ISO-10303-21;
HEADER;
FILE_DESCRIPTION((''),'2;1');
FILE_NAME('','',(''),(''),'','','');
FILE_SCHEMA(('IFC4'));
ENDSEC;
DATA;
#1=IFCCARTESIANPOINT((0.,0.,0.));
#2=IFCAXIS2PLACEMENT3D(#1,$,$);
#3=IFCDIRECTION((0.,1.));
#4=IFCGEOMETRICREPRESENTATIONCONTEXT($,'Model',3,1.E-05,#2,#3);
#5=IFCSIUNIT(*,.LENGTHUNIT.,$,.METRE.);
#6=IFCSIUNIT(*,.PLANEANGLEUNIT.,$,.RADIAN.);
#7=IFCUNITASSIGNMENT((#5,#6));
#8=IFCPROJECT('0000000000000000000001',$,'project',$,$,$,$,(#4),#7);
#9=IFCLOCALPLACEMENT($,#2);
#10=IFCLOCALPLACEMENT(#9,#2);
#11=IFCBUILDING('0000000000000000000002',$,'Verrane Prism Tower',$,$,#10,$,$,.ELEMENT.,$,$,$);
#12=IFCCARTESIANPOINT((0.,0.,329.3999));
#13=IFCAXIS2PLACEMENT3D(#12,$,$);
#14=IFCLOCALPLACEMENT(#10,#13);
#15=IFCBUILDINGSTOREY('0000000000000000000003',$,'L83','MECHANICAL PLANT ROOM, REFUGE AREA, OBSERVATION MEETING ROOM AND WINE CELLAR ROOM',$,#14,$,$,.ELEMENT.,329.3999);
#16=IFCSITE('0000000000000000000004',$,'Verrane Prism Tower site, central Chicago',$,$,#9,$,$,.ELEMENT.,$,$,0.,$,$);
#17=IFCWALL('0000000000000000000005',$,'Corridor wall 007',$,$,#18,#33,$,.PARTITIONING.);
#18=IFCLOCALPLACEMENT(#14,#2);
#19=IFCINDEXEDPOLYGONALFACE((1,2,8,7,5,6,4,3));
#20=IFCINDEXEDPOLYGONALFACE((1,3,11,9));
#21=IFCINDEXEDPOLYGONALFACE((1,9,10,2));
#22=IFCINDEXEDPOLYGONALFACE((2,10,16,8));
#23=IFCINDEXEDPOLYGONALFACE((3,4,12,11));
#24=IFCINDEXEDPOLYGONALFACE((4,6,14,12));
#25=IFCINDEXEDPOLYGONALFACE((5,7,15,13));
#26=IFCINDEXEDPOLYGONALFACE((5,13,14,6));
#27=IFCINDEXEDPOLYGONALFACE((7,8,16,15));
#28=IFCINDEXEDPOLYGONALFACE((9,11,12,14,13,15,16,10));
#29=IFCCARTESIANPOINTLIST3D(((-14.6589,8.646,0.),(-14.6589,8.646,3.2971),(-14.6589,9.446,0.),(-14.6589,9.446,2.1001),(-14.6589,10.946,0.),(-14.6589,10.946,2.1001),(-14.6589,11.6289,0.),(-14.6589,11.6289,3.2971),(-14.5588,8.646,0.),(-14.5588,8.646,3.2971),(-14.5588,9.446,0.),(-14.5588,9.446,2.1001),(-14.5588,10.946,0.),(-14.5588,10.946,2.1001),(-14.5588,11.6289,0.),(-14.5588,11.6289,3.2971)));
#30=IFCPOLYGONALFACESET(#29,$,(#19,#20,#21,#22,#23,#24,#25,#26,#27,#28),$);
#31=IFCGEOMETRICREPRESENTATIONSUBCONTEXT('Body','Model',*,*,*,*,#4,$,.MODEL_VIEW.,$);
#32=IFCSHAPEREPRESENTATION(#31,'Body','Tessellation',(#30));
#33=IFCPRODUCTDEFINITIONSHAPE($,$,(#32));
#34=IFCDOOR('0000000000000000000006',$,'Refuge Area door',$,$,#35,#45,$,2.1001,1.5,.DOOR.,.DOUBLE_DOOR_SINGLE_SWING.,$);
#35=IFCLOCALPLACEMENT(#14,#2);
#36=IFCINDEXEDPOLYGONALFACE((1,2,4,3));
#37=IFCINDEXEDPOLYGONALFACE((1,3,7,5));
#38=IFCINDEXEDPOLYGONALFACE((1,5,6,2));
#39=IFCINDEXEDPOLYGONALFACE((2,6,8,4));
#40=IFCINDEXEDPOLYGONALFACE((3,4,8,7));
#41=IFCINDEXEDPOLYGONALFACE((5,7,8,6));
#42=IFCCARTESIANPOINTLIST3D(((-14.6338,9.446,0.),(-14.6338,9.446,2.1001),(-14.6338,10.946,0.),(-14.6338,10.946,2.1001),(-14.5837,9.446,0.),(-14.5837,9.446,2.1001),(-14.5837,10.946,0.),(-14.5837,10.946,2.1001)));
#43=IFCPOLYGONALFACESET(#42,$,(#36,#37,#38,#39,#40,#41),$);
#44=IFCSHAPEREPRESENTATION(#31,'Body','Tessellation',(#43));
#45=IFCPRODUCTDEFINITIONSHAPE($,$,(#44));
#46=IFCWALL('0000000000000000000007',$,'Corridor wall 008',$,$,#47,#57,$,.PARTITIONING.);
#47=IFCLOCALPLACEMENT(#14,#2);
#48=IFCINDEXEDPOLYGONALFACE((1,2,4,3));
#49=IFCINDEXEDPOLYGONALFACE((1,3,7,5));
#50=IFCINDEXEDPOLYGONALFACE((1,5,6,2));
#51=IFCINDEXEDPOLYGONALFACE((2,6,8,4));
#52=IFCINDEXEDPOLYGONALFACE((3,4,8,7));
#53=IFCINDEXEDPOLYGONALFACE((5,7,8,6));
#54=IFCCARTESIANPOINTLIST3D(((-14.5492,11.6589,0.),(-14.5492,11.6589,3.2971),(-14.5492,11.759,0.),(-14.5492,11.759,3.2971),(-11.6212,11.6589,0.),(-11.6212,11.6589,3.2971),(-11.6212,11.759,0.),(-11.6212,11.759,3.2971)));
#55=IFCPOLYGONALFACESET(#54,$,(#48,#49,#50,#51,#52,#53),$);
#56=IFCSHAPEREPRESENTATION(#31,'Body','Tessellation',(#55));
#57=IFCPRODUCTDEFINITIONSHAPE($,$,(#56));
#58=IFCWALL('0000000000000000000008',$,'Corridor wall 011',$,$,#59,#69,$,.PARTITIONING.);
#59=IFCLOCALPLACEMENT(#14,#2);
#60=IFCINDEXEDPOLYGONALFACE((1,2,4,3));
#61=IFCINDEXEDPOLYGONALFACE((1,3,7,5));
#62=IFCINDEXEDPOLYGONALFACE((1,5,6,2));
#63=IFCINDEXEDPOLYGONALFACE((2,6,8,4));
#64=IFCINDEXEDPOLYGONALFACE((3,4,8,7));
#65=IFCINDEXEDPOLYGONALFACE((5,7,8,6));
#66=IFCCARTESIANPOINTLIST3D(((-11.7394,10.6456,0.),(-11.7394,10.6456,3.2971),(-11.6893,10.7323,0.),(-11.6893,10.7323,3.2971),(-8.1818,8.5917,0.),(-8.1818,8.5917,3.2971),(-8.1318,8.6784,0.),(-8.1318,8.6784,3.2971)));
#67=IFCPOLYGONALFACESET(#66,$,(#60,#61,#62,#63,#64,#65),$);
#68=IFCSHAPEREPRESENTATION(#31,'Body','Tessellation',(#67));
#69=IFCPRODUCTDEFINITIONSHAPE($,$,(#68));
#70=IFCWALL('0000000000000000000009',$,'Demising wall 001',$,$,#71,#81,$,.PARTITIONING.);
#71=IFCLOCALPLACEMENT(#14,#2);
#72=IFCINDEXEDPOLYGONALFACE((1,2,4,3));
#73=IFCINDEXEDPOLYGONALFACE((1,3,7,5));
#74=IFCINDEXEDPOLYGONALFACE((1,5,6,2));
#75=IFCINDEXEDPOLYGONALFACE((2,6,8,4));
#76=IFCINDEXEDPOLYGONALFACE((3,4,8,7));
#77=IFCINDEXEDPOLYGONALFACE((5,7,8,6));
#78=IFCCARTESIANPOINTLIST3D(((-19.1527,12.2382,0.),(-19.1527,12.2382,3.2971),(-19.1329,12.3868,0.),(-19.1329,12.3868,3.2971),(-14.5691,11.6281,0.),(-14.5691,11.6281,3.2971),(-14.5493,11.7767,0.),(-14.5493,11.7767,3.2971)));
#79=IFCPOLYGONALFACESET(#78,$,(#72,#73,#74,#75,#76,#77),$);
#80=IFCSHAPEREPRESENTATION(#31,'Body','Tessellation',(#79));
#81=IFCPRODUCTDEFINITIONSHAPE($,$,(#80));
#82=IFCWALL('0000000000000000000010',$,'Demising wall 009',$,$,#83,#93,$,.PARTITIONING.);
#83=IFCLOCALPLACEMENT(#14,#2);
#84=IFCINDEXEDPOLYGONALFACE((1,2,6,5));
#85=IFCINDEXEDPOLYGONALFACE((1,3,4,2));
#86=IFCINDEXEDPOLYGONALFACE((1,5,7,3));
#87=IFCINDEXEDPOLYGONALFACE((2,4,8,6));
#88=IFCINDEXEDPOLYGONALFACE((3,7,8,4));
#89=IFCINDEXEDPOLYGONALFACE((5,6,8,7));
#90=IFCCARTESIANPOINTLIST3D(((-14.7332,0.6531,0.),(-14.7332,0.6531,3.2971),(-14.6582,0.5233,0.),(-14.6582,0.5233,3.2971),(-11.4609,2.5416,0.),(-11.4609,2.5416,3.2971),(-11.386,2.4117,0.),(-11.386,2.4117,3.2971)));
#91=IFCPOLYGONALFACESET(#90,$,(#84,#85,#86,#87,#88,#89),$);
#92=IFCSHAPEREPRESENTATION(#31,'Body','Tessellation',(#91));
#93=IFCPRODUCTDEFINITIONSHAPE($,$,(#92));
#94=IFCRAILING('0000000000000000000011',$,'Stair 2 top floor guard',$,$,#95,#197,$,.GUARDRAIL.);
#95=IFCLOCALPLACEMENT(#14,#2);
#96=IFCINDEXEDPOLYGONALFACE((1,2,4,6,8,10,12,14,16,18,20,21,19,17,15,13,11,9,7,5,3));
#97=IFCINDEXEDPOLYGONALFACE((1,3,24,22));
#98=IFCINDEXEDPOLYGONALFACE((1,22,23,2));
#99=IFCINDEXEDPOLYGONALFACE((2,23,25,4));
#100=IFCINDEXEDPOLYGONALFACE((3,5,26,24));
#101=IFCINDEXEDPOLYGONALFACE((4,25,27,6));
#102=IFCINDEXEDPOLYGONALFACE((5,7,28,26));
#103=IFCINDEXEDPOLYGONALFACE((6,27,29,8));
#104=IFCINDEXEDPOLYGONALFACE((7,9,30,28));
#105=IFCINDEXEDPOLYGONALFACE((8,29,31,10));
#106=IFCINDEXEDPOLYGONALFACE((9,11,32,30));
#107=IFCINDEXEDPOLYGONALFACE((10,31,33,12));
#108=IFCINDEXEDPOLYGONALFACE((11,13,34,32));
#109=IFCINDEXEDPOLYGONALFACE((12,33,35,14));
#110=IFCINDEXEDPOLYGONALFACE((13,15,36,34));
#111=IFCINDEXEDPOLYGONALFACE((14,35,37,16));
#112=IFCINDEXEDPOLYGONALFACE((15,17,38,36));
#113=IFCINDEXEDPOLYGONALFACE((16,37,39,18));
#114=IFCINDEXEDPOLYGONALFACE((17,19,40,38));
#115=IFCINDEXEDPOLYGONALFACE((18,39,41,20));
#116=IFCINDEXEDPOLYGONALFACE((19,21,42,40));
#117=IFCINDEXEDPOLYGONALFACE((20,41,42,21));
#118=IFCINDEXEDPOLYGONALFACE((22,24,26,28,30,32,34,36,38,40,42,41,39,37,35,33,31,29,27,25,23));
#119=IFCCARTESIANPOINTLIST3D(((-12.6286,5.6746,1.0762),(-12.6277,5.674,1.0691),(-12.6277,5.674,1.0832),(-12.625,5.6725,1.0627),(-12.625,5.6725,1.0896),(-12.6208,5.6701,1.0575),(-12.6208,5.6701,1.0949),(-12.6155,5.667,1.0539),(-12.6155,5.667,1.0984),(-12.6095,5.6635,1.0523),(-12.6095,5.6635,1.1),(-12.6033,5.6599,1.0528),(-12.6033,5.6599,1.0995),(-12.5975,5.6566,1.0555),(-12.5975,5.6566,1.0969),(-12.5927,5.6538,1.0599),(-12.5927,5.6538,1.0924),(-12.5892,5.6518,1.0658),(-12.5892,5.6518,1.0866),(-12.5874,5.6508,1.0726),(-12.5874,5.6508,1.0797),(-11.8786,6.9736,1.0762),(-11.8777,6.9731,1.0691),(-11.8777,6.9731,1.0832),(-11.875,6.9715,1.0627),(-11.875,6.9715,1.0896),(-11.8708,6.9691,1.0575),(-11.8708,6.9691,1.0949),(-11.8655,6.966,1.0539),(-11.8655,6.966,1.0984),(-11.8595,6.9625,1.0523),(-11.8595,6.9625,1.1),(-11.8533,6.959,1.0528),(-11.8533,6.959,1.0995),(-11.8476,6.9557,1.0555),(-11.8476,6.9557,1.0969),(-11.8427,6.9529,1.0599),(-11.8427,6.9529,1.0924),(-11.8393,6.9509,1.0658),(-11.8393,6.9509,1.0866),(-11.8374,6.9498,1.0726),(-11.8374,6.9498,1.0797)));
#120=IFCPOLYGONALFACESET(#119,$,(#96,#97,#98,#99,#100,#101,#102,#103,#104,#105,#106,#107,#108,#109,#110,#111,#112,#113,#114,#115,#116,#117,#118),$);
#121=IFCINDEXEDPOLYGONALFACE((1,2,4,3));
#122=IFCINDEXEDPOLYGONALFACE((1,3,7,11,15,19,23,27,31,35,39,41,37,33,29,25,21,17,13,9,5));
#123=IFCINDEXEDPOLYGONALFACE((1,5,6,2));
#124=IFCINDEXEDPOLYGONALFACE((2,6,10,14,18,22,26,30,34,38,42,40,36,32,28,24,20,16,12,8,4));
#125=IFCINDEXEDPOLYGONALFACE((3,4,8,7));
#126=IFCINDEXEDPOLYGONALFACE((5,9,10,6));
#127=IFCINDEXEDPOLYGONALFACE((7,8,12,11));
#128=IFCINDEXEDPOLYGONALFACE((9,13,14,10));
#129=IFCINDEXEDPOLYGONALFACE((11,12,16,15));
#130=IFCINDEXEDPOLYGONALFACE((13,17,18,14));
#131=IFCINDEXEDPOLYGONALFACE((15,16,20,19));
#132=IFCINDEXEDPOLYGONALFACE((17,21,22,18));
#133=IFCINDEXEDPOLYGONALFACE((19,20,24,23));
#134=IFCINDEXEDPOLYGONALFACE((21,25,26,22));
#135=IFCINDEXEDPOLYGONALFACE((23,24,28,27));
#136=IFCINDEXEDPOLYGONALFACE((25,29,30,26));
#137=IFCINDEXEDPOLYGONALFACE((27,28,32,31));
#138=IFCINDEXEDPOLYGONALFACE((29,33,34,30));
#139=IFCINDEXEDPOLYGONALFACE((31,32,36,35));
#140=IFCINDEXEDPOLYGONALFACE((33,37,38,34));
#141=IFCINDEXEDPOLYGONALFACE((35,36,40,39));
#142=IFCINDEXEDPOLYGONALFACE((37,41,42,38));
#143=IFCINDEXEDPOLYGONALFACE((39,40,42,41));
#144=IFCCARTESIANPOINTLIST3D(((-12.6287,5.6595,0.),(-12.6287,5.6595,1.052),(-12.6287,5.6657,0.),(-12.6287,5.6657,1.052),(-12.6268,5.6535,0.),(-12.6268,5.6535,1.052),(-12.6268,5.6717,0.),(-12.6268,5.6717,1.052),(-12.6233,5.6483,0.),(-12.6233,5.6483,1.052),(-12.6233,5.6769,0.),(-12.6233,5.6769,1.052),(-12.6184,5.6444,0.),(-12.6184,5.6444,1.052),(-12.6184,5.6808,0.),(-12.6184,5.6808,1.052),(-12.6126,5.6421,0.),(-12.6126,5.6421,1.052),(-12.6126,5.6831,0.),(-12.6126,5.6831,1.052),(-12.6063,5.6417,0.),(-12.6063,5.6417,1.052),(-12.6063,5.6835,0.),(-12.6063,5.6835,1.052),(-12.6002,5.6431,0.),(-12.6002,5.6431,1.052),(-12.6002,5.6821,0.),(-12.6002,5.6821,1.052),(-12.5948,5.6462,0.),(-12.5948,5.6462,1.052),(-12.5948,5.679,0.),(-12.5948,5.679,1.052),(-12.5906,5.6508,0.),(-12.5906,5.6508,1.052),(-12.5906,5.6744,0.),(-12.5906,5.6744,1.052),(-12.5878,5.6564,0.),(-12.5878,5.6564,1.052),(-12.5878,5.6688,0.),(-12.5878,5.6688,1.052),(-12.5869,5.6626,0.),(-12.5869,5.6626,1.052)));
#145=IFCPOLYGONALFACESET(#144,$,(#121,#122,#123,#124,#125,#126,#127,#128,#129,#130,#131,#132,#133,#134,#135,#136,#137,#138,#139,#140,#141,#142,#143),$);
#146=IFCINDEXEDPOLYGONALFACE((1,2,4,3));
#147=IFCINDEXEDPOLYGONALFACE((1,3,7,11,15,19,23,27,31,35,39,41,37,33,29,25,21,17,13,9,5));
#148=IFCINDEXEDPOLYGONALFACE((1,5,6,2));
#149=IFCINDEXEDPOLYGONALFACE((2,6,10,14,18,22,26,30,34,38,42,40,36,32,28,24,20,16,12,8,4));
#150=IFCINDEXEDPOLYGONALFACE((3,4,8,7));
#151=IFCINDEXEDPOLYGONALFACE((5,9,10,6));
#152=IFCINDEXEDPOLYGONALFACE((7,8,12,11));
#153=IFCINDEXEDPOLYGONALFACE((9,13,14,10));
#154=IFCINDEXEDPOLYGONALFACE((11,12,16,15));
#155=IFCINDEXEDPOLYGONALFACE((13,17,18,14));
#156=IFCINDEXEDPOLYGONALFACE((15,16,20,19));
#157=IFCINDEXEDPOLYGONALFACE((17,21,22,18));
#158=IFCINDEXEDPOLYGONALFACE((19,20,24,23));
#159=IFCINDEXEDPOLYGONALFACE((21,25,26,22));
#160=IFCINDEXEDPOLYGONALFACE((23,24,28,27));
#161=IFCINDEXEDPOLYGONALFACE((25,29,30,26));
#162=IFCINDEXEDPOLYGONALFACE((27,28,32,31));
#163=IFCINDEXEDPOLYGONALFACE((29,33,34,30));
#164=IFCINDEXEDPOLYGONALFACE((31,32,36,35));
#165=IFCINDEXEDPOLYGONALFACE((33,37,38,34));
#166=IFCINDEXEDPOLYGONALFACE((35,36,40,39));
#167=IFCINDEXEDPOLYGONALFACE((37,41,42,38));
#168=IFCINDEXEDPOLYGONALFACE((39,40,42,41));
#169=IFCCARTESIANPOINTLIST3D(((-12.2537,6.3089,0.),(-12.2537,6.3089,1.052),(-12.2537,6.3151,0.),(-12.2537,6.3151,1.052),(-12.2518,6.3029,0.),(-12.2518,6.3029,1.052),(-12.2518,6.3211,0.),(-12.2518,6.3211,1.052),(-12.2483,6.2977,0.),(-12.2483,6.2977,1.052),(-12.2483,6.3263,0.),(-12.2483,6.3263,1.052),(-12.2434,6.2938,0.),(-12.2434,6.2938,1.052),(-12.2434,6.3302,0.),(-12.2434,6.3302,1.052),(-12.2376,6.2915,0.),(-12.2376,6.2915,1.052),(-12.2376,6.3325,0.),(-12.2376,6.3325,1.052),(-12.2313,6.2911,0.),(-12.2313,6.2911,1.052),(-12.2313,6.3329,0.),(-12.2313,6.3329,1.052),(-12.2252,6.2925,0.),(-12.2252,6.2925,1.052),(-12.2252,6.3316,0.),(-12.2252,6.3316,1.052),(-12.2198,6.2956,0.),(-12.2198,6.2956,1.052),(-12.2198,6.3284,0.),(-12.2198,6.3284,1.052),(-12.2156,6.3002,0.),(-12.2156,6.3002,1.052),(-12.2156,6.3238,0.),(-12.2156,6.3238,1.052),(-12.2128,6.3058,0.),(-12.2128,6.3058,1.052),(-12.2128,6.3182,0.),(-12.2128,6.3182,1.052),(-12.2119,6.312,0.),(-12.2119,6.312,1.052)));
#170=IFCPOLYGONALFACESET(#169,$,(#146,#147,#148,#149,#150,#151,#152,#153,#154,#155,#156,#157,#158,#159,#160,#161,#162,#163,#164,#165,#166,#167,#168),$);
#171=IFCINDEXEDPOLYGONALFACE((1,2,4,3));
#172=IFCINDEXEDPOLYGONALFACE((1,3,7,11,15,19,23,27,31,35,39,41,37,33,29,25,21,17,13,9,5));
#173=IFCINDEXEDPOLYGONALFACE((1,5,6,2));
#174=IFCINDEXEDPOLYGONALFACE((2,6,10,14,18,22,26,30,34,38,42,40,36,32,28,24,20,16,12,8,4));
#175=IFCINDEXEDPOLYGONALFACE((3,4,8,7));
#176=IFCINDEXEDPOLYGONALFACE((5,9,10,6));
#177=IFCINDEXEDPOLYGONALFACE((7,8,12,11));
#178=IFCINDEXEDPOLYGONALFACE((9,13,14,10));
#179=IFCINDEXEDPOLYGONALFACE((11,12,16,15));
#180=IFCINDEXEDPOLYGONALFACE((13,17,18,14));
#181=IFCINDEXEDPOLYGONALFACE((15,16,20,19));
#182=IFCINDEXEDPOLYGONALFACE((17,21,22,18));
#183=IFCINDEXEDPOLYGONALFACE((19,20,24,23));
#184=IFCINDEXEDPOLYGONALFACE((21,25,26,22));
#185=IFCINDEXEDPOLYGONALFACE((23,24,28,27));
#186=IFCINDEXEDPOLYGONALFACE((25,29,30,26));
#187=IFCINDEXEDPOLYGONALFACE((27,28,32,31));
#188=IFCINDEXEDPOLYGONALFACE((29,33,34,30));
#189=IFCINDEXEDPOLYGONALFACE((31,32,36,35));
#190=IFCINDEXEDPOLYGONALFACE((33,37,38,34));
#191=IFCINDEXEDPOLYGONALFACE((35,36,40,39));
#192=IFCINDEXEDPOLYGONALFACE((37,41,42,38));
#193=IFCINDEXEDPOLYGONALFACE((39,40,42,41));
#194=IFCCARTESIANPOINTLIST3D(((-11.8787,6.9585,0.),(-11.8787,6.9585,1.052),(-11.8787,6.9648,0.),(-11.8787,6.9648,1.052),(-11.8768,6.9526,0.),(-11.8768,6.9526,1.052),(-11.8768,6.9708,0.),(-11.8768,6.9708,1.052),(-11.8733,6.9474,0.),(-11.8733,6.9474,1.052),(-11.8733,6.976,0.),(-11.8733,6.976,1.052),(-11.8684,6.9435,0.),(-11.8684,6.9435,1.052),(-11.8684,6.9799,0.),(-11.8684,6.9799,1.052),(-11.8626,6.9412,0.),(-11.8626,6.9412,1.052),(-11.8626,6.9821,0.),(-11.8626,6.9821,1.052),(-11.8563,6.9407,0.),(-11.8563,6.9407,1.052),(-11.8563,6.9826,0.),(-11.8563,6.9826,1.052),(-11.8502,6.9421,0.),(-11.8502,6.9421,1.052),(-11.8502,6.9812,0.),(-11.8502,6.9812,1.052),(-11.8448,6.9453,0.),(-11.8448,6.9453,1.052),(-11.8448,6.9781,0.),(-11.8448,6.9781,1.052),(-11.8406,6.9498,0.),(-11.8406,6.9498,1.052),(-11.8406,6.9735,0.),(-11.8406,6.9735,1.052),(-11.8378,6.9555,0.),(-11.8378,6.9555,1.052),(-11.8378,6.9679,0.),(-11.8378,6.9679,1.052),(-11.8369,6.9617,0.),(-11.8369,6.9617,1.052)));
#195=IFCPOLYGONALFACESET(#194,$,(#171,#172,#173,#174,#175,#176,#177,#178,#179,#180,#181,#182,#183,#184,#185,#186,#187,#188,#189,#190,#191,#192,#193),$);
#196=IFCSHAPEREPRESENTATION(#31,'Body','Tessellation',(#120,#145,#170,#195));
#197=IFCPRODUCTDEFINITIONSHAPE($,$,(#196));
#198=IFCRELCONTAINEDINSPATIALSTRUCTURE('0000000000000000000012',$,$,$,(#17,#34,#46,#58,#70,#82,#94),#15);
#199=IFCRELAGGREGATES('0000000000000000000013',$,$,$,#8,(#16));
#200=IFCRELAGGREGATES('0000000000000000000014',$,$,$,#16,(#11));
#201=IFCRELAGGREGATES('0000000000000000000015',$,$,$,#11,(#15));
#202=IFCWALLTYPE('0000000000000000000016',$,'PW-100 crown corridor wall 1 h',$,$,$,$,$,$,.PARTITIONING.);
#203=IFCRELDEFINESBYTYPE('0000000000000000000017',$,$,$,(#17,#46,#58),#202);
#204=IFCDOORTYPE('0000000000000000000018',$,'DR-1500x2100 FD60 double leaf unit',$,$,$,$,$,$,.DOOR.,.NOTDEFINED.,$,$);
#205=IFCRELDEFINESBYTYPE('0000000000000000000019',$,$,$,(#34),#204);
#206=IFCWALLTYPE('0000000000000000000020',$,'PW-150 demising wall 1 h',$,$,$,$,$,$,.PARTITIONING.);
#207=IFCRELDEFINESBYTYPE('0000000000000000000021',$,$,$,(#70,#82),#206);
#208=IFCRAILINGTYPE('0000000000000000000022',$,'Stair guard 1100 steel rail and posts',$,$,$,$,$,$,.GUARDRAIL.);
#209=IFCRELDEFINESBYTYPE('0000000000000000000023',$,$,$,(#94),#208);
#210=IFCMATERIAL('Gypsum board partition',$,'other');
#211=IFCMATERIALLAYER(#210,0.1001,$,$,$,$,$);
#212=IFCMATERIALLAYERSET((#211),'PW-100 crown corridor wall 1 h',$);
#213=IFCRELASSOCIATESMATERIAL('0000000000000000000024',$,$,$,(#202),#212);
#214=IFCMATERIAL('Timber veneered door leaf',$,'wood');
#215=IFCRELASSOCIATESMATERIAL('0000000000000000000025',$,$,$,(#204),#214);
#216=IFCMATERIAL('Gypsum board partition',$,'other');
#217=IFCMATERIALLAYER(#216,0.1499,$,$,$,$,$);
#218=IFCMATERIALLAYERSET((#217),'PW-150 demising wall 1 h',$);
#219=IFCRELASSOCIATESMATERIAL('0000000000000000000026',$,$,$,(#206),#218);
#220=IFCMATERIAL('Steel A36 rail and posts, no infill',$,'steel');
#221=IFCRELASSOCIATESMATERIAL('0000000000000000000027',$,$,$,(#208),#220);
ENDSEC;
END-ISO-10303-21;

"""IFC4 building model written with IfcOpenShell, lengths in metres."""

from ifc_helpers import new_model, si_unit, direction, frame, frame_2d, origin, origin_2d, place, context, subcontext, project, spatial, rectangle, circle, extrude, material, layer, layer_set, type_object, element, fill, save


model = new_model("IFC4")

# Units and contexts
model_context = context("Model", 3, precision=1e-05, world=origin(), true_north=direction((0.0, 1.0)))
body_context = subcontext(model_context, "Body", "Model", "MODEL_VIEW")
ifc_project = project(units=[si_unit("LENGTHUNIT", "METRE"), si_unit("PLANEANGLEUNIT", "RADIAN")], contexts=[model_context])

# Site, building, storey
site_placement = place(None, origin())
site = spatial("IfcSite", under=ifc_project, at=site_placement, Name="Verrane Prism Tower site, central Chicago", CompositionType="ELEMENT", RefElevation=0.0)
building_placement = place(site_placement, origin())
building = spatial("IfcBuilding", under=site, at=building_placement, Name="Verrane Prism Tower", CompositionType="ELEMENT")
storey_placement = place(building_placement, frame((0.0, 0.0, 329.3999)))
storey = spatial("IfcBuildingStorey", under=building, at=storey_placement, Name="L83", Description="MECHANICAL PLANT ROOM, REFUGE AREA, OBSERVATION MEETING ROOM AND WINE CELLAR ROOM", CompositionType="ELEMENT", Elevation=329.3999)

# Shared definitions
ifc_material_1 = material(Name="Gypsum board partition", Category="other")
ifc_layer_1 = layer(ifc_material_1, 0.1001)
ifc_layer_set_1 = layer_set([ifc_layer_1], Name="PW-100 crown corridor wall 1 h")
wall_type_1 = type_object("IfcWallType", Name="PW-100 crown corridor wall 1 h", PredefinedType="PARTITIONING", material=ifc_layer_set_1)

# Wall, opening, door
wall_1_placement = place(storey_placement, frame((-14.6089, 8.646, 0.0), z_axis=(0.0, 0.0, 1.0), x_axis=(0.0, 1.0, 0.0)))
wall_1 = element("IfcWall", 1, at=wall_1_placement, inside=storey, type_object=wall_type_1, Name="Corridor wall 007", PredefinedType="PARTITIONING", context=body_context, shape_type="SweptSolid", body=[
    extrude(rectangle(XDim=2.9829, YDim=0.1001, at=frame_2d((1.4915, 0.0))), origin(), (0.0, 0.0, 1.0), 3.2971),
])
opening_1_placement = place(wall_1_placement, frame((0.8, 0.0, 0.0)))
opening_1 = element("IfcOpeningElement", 2, at=opening_1_placement, cuts=wall_1, PredefinedType="OPENING", context=body_context, shape_type="SweptSolid", body=[
    extrude(rectangle(XDim=1.5, YDim=2.1001, at=frame_2d((0.75, 1.05))), frame((0.0, 0.0601, 0.0), z_axis=(0.0, -1.0, 0.0), x_axis=(1.0, 0.0, 0.0)), (0.0, 0.0, 1.0), 0.1201),
])
ifc_material_2 = material(Name="Timber veneered door leaf", Category="wood")
door_type_1 = type_object("IfcDoorType", Name="DR-1500x2100 FD60 double leaf unit", OperationType="NOTDEFINED", PredefinedType="DOOR", material=ifc_material_2)
door_1_placement = place(opening_1_placement, origin())
door_1 = element("IfcDoor", 3, at=door_1_placement, inside=storey, type_object=door_type_1, Name="Refuge Area door", OperationType="DOUBLE_DOOR_SINGLE_SWING", OverallHeight=2.1001, OverallWidth=1.5, PredefinedType="DOOR", context=body_context, shape_type="SweptSolid", body=[
    extrude(rectangle(XDim=1.5, YDim=2.1001, at=frame_2d((0.75, 1.05))), frame((0.0, 0.0249, 0.0), z_axis=(0.0, -1.0, 0.0), x_axis=(1.0, 0.0, 0.0)), (0.0, 0.0, 1.0), 0.05),
])
fill(opening_1, door_1)

# Walls
wall_2_placement = place(storey_placement, frame((-14.5491, 11.709, 0.0), z_axis=(0.0, 0.0, 1.0), x_axis=(1.0, 0.0, 0.0)))
element("IfcWall", 4, at=wall_2_placement, inside=storey, type_object=wall_type_1, Name="Corridor wall 008", PredefinedType="PARTITIONING", context=body_context, shape_type="SweptSolid", body=[
    extrude(rectangle(XDim=2.928, YDim=0.1001, at=frame_2d((1.4639, 0.0))), origin(), (0.0, 0.0, 1.0), 3.2971),
])
wall_3_placement = place(storey_placement, frame((-11.7144, 10.689, 0.0), z_axis=(0.0, 0.0, 1.0), x_axis=(0.866029, -0.499993, 0.0)))
element("IfcWall", 5, at=wall_3_placement, inside=storey, type_object=wall_type_1, Name="Corridor wall 011", PredefinedType="PARTITIONING", context=body_context, shape_type="SweptSolid", body=[
    extrude(rectangle(XDim=4.1079, YDim=0.1001, at=frame_2d((2.054, 0.0))), origin(), (0.0, 0.0, 1.0), 3.2971),
])
ifc_material_3 = material(Name="Gypsum board partition", Category="other")
ifc_layer_2 = layer(ifc_material_3, 0.1499)
ifc_layer_set_2 = layer_set([ifc_layer_2], Name="PW-150 demising wall 1 h")
wall_type_2 = type_object("IfcWallType", Name="PW-150 demising wall 1 h", PredefinedType="PARTITIONING", material=ifc_layer_set_2)
wall_4_placement = place(storey_placement, frame((-19.1428, 12.3125, 0.0), z_axis=(0.0, 0.0, 1.0), x_axis=(0.991257, -0.131946, 0.0)))
element("IfcWall", 6, at=wall_4_placement, inside=storey, type_object=wall_type_2, Name="Demising wall 001", PredefinedType="PARTITIONING", context=body_context, shape_type="SweptSolid", body=[
    extrude(rectangle(XDim=4.624, YDim=0.1499, at=frame_2d((2.312, 0.0))), origin(), (0.0, 0.0, 1.0), 3.2971),
])
wall_5_placement = place(storey_placement, frame((-14.6958, 0.5881, 0.0), z_axis=(0.0, 0.0, 1.0), x_axis=(0.866116, 0.499844, 0.0)))
element("IfcWall", 7, at=wall_5_placement, inside=storey, type_object=wall_type_2, Name="Demising wall 009", PredefinedType="PARTITIONING", context=body_context, shape_type="SweptSolid", body=[
    extrude(rectangle(XDim=3.7781, YDim=0.1499, at=frame_2d((1.8892, 0.0))), origin(), (0.0, 0.0, 1.0), 3.2971),
])

# Railing
ifc_material_4 = material(Name="Steel A36 rail and posts, no infill", Category="steel")
railing_type = type_object("IfcRailingType", Name="Stair guard 1100 steel rail and posts", PredefinedType="GUARDRAIL", material=ifc_material_4)
railing_placement = place(storey_placement, frame((-12.6079, 5.6626, 0.0)))
element("IfcRailing", 8, at=railing_placement, inside=storey, type_object=railing_type, Name="Stair 2 top floor guard", PredefinedType="GUARDRAIL", context=body_context, shape_type="SweptSolid", body=[
    extrude(circle(Radius=0.0239, at=origin_2d()), frame((0.0, 0.0, 1.0762), z_axis=(0.49999, 0.866031, 0.0), x_axis=(-0.866031, 0.49999, 0.0)), (0.0, 0.0, 1.0), 1.5),
    extrude(circle(Radius=0.021, at=origin_2d()), origin(), (0.0, 0.0, 1.0), 1.052),
    extrude(circle(Radius=0.021, at=origin_2d()), frame((0.375, 0.6494, 0.0)), (0.0, 0.0, 1.0), 1.052),
    extrude(circle(Radius=0.021, at=origin_2d()), frame((0.75, 1.2991, 0.0)), (0.0, 0.0, 1.0), 1.052),
])

save(model, "model.ifc")
